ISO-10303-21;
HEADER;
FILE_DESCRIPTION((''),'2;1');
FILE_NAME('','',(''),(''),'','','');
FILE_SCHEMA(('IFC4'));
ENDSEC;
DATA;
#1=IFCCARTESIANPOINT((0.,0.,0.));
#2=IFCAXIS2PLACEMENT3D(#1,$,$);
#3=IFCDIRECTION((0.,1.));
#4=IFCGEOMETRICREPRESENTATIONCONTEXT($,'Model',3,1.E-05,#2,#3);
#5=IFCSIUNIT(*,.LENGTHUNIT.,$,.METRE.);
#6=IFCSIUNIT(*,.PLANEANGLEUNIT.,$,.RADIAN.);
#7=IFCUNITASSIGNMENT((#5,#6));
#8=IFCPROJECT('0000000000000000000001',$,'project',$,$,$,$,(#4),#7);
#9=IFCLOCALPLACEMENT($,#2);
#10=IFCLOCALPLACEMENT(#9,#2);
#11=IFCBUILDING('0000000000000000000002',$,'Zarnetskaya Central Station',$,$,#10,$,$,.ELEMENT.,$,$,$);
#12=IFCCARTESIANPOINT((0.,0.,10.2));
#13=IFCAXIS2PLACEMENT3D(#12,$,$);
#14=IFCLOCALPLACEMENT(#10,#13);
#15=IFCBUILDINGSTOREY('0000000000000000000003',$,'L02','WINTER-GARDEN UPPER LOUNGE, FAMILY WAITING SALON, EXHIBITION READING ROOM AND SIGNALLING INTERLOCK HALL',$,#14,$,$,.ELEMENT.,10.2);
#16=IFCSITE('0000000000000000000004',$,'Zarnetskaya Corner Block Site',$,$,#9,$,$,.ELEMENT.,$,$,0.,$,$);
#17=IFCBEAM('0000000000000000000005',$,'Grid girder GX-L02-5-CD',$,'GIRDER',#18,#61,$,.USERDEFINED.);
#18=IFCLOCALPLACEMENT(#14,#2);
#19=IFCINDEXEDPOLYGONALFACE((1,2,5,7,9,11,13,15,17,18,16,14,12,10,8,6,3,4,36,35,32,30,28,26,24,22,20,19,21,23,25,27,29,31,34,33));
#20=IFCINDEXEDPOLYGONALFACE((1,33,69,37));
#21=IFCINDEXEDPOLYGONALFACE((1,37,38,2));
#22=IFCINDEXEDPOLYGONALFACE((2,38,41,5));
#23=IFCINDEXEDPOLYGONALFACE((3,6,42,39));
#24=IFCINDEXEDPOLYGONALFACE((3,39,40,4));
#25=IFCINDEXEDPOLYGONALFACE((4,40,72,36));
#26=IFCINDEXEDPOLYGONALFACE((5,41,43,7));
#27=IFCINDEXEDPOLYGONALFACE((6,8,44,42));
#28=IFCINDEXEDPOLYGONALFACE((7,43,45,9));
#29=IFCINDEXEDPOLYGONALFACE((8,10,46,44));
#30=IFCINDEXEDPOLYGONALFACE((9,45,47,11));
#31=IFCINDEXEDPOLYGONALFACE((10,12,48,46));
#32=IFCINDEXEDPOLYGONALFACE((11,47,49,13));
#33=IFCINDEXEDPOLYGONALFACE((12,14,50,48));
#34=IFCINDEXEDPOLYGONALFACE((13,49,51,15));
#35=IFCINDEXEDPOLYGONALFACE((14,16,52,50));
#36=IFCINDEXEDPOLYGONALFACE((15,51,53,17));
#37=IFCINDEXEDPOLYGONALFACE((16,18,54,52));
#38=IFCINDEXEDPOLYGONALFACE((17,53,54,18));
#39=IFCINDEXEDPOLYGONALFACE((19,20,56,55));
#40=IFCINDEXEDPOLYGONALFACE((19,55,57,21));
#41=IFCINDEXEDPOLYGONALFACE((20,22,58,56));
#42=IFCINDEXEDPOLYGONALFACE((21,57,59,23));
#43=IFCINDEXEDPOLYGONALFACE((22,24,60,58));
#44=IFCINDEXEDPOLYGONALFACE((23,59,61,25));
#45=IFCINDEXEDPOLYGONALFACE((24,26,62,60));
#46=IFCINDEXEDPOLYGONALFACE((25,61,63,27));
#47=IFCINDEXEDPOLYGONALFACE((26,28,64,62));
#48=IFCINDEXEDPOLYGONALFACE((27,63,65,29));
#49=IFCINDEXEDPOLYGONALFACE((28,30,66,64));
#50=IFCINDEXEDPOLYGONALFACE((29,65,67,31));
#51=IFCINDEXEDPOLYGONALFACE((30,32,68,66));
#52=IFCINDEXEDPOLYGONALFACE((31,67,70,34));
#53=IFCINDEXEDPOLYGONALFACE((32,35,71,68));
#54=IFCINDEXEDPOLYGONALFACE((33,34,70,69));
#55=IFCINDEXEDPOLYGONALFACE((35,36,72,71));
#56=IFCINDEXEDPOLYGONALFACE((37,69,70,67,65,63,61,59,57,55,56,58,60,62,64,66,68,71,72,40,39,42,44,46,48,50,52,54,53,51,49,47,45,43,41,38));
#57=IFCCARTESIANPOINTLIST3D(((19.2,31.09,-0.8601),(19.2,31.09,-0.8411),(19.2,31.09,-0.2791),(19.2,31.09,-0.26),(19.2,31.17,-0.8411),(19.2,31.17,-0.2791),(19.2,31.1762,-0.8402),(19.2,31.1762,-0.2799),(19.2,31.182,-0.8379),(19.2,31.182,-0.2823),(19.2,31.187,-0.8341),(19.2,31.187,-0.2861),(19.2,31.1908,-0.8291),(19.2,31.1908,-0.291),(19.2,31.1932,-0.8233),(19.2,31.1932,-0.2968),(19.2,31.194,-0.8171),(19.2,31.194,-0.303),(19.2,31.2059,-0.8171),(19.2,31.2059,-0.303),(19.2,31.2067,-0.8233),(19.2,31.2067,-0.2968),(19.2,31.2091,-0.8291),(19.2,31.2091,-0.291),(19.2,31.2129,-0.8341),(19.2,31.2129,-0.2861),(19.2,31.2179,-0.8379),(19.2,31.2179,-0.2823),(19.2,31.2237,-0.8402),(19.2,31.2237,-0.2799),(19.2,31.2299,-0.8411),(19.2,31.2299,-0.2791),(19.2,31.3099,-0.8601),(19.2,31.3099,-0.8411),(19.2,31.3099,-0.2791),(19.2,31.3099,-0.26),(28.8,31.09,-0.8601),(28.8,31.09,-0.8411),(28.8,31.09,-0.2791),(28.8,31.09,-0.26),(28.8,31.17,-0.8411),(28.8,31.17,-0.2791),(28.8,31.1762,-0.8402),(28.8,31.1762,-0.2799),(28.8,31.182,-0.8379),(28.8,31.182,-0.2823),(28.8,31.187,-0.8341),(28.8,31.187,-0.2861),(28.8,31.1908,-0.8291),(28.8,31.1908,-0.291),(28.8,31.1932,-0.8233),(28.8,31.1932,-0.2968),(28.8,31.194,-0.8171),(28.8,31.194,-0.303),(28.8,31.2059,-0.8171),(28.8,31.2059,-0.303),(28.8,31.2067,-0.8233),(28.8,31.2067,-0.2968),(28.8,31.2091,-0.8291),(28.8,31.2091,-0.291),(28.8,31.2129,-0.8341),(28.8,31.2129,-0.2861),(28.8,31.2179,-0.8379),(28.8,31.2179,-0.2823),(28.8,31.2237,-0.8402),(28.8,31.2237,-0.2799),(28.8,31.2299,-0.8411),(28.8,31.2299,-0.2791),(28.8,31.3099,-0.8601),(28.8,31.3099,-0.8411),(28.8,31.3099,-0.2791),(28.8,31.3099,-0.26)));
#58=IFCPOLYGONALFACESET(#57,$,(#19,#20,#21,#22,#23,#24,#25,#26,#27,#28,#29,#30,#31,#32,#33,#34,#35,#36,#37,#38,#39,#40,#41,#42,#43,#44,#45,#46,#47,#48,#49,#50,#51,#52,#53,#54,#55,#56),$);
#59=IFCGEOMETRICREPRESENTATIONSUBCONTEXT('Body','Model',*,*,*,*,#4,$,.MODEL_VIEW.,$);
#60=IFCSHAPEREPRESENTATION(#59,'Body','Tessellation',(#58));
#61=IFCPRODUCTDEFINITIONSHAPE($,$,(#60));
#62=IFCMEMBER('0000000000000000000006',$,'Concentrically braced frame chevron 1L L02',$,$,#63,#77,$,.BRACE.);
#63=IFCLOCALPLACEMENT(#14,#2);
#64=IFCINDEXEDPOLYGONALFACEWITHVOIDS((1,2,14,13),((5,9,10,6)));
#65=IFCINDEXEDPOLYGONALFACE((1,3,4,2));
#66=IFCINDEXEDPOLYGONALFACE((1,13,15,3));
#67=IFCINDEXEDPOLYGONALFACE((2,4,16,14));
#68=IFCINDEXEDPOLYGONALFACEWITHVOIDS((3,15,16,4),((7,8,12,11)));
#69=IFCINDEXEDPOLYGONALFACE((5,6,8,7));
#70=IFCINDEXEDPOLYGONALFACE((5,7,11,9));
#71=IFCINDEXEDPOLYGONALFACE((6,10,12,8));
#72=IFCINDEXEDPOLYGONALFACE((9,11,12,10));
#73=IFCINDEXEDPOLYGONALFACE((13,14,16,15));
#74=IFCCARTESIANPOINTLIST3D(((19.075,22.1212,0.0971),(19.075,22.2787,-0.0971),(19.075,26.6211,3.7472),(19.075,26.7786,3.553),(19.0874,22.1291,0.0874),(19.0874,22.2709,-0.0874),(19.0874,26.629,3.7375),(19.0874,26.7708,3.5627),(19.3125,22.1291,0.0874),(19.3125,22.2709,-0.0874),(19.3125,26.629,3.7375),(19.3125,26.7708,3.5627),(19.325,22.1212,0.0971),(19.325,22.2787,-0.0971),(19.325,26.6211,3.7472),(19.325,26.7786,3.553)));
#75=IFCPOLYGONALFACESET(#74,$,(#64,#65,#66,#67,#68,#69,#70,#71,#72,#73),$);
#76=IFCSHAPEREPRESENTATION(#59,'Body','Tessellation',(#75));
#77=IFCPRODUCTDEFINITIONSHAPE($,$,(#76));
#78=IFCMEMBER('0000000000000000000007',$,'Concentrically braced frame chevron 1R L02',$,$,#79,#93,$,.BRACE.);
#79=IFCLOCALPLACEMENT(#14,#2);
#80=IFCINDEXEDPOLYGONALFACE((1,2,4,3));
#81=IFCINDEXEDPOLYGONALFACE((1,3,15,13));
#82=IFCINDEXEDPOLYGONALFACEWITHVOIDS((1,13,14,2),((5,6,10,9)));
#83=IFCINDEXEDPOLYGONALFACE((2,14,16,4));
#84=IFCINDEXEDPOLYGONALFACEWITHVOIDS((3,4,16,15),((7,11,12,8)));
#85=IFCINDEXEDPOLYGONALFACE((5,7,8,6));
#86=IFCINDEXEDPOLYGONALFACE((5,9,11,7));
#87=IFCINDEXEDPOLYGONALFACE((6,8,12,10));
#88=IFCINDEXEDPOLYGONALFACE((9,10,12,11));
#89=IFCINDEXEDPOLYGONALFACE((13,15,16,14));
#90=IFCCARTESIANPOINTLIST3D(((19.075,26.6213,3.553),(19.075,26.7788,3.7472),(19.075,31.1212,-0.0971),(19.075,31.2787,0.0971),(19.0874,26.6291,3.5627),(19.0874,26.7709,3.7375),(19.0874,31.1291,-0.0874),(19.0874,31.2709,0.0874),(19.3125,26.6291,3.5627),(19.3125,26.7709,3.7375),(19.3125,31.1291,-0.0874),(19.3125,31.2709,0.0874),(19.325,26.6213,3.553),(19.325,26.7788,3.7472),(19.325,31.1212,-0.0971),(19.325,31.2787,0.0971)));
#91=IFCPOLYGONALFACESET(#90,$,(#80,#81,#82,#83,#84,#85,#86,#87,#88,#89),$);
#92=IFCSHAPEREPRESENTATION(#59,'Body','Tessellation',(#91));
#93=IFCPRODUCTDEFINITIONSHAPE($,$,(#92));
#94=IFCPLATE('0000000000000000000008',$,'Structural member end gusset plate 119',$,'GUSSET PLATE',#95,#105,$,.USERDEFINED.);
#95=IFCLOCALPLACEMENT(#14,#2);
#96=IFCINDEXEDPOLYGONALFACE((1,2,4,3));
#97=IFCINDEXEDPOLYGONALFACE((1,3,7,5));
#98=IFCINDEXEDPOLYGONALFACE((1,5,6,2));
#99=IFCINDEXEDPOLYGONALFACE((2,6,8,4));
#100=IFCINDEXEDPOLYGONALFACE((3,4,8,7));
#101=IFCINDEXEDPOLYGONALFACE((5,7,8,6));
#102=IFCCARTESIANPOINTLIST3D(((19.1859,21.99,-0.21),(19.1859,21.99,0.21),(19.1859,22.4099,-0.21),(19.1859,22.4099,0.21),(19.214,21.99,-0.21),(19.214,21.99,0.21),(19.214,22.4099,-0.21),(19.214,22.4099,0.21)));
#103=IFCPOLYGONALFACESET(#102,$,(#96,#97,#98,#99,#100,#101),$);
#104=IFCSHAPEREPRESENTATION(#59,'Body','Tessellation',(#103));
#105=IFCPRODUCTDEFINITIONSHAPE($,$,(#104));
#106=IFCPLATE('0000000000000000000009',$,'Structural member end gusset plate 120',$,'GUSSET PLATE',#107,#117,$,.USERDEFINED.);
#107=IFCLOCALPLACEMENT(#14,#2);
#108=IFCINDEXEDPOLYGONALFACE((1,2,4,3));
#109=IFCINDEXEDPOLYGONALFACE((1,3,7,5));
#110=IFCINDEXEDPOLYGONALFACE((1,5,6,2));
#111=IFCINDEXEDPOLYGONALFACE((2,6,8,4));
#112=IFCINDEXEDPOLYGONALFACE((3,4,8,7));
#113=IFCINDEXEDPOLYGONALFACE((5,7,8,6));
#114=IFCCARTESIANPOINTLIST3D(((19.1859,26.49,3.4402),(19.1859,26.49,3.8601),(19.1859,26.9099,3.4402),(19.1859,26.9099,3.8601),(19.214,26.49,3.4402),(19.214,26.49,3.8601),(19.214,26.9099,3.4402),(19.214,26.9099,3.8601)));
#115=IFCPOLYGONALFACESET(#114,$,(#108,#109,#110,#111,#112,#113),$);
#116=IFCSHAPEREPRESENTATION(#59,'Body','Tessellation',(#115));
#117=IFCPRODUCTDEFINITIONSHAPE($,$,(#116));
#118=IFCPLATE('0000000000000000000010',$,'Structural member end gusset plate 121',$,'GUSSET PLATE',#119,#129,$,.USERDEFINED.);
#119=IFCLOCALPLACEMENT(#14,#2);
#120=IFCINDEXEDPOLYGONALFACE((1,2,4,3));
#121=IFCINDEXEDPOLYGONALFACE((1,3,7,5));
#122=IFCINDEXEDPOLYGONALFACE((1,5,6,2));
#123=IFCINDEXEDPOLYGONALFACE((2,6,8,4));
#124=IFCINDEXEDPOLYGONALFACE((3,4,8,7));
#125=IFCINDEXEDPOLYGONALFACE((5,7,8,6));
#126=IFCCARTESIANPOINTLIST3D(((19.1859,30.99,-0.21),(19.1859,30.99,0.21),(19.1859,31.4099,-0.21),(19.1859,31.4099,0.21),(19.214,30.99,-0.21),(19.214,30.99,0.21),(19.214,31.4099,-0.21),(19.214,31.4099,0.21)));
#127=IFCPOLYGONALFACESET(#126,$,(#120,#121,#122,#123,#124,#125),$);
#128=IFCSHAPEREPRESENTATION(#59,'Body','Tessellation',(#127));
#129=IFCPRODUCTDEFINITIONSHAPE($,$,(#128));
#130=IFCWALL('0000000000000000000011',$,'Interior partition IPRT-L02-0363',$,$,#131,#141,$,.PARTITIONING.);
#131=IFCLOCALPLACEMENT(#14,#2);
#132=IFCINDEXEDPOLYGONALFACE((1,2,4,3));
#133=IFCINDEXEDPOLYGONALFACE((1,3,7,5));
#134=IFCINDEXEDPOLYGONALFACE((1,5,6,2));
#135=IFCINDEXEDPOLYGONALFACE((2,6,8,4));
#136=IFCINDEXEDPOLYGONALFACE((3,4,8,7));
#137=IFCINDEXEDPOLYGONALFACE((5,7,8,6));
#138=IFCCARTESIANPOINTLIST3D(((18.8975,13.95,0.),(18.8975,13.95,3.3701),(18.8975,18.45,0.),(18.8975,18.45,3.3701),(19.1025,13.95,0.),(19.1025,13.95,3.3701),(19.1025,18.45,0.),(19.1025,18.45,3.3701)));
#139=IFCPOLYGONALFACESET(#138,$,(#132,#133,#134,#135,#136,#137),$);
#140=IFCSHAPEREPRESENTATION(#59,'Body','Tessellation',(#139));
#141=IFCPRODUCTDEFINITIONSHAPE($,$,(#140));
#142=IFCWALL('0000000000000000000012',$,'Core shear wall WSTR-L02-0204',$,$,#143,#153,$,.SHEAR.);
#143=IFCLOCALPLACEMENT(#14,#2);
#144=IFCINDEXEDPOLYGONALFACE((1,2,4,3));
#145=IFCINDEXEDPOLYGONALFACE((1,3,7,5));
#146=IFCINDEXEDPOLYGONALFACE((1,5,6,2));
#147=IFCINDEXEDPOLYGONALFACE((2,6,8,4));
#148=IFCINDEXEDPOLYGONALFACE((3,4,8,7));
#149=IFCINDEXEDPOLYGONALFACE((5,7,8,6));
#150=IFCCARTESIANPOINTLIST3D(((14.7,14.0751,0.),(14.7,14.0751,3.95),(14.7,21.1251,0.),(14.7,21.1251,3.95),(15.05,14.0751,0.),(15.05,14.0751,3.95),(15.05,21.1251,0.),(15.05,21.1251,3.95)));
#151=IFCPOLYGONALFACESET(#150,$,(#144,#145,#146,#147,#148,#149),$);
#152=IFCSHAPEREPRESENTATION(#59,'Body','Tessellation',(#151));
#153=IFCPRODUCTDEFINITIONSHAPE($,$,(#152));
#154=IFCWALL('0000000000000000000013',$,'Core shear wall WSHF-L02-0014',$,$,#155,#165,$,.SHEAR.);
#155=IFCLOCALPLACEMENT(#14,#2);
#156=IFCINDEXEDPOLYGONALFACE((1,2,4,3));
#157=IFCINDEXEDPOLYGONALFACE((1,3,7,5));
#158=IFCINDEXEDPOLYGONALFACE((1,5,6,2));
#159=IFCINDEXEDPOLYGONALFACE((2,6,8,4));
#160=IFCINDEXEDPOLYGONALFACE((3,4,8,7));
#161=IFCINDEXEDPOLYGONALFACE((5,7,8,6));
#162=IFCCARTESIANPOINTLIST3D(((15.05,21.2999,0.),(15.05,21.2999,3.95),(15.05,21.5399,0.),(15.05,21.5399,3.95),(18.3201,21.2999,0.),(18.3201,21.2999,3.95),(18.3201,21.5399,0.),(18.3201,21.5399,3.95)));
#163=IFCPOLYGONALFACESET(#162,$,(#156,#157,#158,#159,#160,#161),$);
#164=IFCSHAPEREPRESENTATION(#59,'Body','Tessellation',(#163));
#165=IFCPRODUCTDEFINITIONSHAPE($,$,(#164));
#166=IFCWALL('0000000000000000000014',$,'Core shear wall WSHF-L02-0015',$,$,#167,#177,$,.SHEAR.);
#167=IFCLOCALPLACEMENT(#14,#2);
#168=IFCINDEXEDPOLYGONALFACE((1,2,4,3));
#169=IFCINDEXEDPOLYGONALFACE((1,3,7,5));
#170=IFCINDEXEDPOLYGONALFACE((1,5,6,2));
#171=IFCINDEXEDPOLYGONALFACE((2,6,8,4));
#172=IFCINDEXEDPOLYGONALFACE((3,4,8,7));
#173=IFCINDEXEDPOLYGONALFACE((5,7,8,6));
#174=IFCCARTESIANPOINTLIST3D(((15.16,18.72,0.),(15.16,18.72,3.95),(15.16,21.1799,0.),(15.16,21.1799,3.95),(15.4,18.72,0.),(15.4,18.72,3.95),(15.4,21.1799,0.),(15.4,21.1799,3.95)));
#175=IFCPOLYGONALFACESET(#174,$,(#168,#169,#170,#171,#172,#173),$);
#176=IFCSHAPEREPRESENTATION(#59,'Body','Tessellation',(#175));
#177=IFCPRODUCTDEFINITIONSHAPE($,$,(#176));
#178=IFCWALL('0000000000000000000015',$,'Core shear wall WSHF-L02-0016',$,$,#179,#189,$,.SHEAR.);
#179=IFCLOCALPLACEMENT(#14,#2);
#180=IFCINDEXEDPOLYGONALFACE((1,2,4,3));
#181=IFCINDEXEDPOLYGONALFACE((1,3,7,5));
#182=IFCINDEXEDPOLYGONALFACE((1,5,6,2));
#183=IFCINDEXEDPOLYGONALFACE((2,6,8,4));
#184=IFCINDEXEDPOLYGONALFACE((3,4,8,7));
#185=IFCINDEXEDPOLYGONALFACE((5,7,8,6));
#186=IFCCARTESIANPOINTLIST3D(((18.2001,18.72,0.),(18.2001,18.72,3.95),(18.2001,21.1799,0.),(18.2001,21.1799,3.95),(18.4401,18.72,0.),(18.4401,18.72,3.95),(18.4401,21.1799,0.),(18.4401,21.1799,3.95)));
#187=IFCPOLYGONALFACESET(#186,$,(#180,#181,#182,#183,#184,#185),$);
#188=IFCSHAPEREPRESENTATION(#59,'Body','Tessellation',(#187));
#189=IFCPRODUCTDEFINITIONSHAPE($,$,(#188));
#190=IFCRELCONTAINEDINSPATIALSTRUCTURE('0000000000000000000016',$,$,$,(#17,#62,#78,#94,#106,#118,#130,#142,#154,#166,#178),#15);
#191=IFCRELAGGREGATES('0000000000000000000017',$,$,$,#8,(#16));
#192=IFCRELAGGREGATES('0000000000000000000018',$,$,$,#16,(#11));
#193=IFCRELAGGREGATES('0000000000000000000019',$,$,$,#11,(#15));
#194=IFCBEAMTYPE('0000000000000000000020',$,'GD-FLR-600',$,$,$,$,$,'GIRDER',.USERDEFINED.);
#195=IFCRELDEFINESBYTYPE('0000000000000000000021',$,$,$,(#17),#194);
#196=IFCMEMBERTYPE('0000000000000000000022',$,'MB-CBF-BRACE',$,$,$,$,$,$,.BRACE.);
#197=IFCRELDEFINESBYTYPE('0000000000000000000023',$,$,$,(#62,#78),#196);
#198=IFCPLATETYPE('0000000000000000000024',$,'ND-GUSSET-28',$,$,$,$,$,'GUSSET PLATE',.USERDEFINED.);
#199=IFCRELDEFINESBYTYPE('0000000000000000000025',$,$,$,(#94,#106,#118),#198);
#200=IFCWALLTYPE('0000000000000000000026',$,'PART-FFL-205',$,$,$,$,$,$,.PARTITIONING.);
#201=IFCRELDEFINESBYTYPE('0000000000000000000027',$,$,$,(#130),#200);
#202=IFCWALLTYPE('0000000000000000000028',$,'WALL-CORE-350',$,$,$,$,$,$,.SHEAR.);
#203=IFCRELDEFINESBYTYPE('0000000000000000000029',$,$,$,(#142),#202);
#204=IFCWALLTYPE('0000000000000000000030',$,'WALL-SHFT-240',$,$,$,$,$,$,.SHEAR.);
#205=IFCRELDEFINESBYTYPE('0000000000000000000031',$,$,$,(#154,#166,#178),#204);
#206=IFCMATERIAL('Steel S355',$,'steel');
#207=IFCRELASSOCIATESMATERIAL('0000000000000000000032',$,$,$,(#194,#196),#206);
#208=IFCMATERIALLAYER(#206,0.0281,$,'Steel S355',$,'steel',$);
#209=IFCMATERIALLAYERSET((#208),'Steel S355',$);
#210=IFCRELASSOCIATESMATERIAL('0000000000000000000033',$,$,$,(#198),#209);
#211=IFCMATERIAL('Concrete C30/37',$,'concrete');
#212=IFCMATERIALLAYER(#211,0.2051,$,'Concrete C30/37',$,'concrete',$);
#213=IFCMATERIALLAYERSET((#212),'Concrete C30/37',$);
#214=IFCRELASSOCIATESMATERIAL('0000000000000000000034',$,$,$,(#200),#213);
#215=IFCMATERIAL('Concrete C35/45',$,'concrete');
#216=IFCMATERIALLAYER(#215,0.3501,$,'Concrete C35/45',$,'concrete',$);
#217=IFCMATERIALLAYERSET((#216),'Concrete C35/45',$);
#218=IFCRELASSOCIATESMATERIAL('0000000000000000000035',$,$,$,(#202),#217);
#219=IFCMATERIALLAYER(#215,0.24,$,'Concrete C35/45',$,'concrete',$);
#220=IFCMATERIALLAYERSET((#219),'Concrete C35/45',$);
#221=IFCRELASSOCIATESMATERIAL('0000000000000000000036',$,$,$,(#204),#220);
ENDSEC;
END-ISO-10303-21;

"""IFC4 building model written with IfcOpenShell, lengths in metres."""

from ifc_helpers import new_model, si_unit, direction, frame, frame_2d, origin, origin_2d, place, context, subcontext, project, spatial, rectangle, hollow_rectangle, i_section, extrude, material, layer, layer_set, material_profile, profile_set, type_object, element, save


model = new_model("IFC4")

# Units and contexts
model_context = context("Model", 3, precision=1e-05, world=origin(), true_north=direction((0.0, 1.0)))
body_context = subcontext(model_context, "Body", "Model", "MODEL_VIEW")
ifc_project = project(units=[si_unit("LENGTHUNIT", "METRE"), si_unit("PLANEANGLEUNIT", "RADIAN")], contexts=[model_context])

# Site, building, storey
site_placement = place(None, origin())
site = spatial("IfcSite", under=ifc_project, at=site_placement, Name="Zarnetskaya Corner Block Site", CompositionType="ELEMENT", RefElevation=0.0)
building_placement = place(site_placement, origin())
building = spatial("IfcBuilding", under=site, at=building_placement, Name="Zarnetskaya Central Station", CompositionType="ELEMENT")
storey_placement = place(building_placement, frame((0.0, 0.0, 10.2)))
storey = spatial("IfcBuildingStorey", under=building, at=storey_placement, Name="L02", Description="WINTER-GARDEN UPPER LOUNGE, FAMILY WAITING SALON, EXHIBITION READING ROOM AND SIGNALLING INTERLOCK HALL", CompositionType="ELEMENT", Elevation=10.2)

# Shared definitions
ifc_material_1 = material(Name="Steel S355", Category="steel")

# Beam
ifc_material_profile_1 = material_profile(ifc_material_1, i_section(OverallWidth=0.22, OverallDepth=0.6001, WebThickness=0.012, FlangeThickness=0.019, FilletRadius=0.0239, at=origin_2d()), Name="IPE 600")
ifc_profile_set_1 = profile_set([ifc_material_profile_1], Name="Steel S355")
beam_type_1 = type_object("IfcBeamType", Name="GD-FLR-600", ElementType="GIRDER", PredefinedType="USERDEFINED", material=ifc_profile_set_1)
for number, where, z_axis, x_axis, name in (
    (1, (19.2, 31.2, -0.5601), (1.0, 0.0, 0.0), (0.0, 1.0, 0.0), "Grid girder GX-L02-5-CD"),
):
    element("IfcBeam", number, at=place(storey_placement, frame(where, z_axis=z_axis, x_axis=x_axis)), inside=storey, type_object=beam_type_1, Name=name, ObjectType="GIRDER", PredefinedType="USERDEFINED", context=body_context, shape_type="SweptSolid", body=[
        extrude(i_section(OverallWidth=0.22, OverallDepth=0.6001, WebThickness=0.012, FlangeThickness=0.019, FilletRadius=0.0239, at=origin_2d()), origin(), (0.0, 0.0, 1.0), 9.6001),
    ])

# Members
ifc_material_profile_2 = material_profile(ifc_material_1, hollow_rectangle(XDim=0.25, YDim=0.25, WallThickness=0.0125, at=origin_2d()), Name="SHS 250x250x12.5")
ifc_profile_set_2 = profile_set([ifc_material_profile_2], Name="Steel S355")
member_type = type_object("IfcMemberType", Name="MB-CBF-BRACE", PredefinedType="BRACE", material=ifc_profile_set_2)
for number, where, z_axis, x_axis, name in (
    (2, (19.2, 22.2, 0.0), (0.0, 0.776629, 0.629958), (-1.0, 0.0, 0.0), "Concentrically braced frame chevron 1L L02"),
    (3, (19.2, 31.2, 0.0), (0.0, -0.776629, 0.629958), (1.0, 0.0, 0.0), "Concentrically braced frame chevron 1R L02"),
):
    element("IfcMember", number, at=place(storey_placement, frame(where, z_axis=z_axis, x_axis=x_axis)), inside=storey, type_object=member_type, Name=name, PredefinedType="BRACE", context=body_context, shape_type="SweptSolid", body=[
        extrude(hollow_rectangle(XDim=0.25, YDim=0.25, WallThickness=0.0125, at=origin_2d()), origin(), (0.0, 0.0, 1.0), 5.7942),
    ])

# Plates
ifc_layer_1 = layer(ifc_material_1, 0.0281, Name="Steel S355", Category="steel")
ifc_layer_set_1 = layer_set([ifc_layer_1], Name="Steel S355")
plate_type = type_object("IfcPlateType", Name="ND-GUSSET-28", ElementType="GUSSET PLATE", PredefinedType="USERDEFINED", material=ifc_layer_set_1)
for number, where, z_axis, x_axis, name in (
    (4, (19.2, 22.2, -0.21), (0.0, 0.0, 1.0), (1.0, 0.0, 0.0), "Structural member end gusset plate 119"),
    (5, (19.2, 26.7, 3.4402), (0.0, 0.0, 1.0), (1.0, 0.0, 0.0), "Structural member end gusset plate 120"),
    (6, (19.2, 31.2, -0.21), (0.0, 0.0, 1.0), (1.0, 0.0, 0.0), "Structural member end gusset plate 121"),
):
    element("IfcPlate", number, at=place(storey_placement, frame(where, z_axis=z_axis, x_axis=x_axis)), inside=storey, type_object=plate_type, Name=name, ObjectType="GUSSET PLATE", PredefinedType="USERDEFINED", context=body_context, shape_type="SweptSolid", body=[
        extrude(rectangle(XDim=0.0281, YDim=0.4199, at=origin_2d()), origin(), (0.0, 0.0, 1.0), 0.4199),
    ])

# Walls
ifc_material_2 = material(Name="Concrete C30/37", Category="concrete")
ifc_layer_2 = layer(ifc_material_2, 0.2051, Name="Concrete C30/37", Category="concrete")
ifc_layer_set_2 = layer_set([ifc_layer_2], Name="Concrete C30/37")
wall_type_1 = type_object("IfcWallType", Name="PART-FFL-205", PredefinedType="PARTITIONING", material=ifc_layer_set_2)
wall_1_placement = place(storey_placement, frame((19.0, 18.45, 0.0), z_axis=(0.0, 0.0, 1.0), x_axis=(0.0, -1.0, 0.0)))
element("IfcWall", 7, at=wall_1_placement, inside=storey, type_object=wall_type_1, Name="Interior partition IPRT-L02-0363", PredefinedType="PARTITIONING", context=body_context, shape_type="SweptSolid", body=[
    extrude(rectangle(XDim=4.5, YDim=0.2051, at=frame_2d((2.25, 0.0))), origin(), (0.0, 0.0, 1.0), 3.3701),
])
ifc_material_3 = material(Name="Concrete C35/45", Category="concrete")
ifc_layer_3 = layer(ifc_material_3, 0.3501, Name="Concrete C35/45", Category="concrete")
ifc_layer_set_3 = layer_set([ifc_layer_3], Name="Concrete C35/45")
wall_type_2 = type_object("IfcWallType", Name="WALL-CORE-350", PredefinedType="SHEAR", material=ifc_layer_set_3)
wall_2_placement = place(storey_placement, frame((14.875, 21.125, 0.0), z_axis=(0.0, 0.0, 1.0), x_axis=(0.0, -1.0, 0.0)))
element("IfcWall", 8, at=wall_2_placement, inside=storey, type_object=wall_type_2, Name="Core shear wall WSTR-L02-0204", PredefinedType="SHEAR", context=body_context, shape_type="SweptSolid", body=[
    extrude(rectangle(XDim=7.05, YDim=0.3501, at=frame_2d((3.5249, 0.0))), origin(), (0.0, 0.0, 1.0), 3.95),
])

# Shared definitions
ifc_layer_4 = layer(ifc_material_3, 0.24, Name="Concrete C35/45", Category="concrete")
ifc_layer_set_4 = layer_set([ifc_layer_4], Name="Concrete C35/45")
wall_type_3 = type_object("IfcWallType", Name="WALL-SHFT-240", PredefinedType="SHEAR", material=ifc_layer_set_4)

# Walls
wall_3_placement = place(storey_placement, frame((15.05, 21.4199, 0.0), z_axis=(0.0, 0.0, 1.0), x_axis=(1.0, 0.0, 0.0)))
element("IfcWall", 9, at=wall_3_placement, inside=storey, type_object=wall_type_3, Name="Core shear wall WSHF-L02-0014", PredefinedType="SHEAR", context=body_context, shape_type="SweptSolid", body=[
    extrude(rectangle(XDim=3.27, YDim=0.24, at=frame_2d((1.635, 0.0))), origin(), (0.0, 0.0, 1.0), 3.95),
])
for number, where, z_axis, x_axis, name in (
    (10, (15.28, 18.72, 0.0), (0.0, 0.0, 1.0), (0.0, 1.0, 0.0), "Core shear wall WSHF-L02-0015"),
    (11, (18.3201, 21.1799, 0.0), (0.0, 0.0, 1.0), (0.0, -1.0, 0.0), "Core shear wall WSHF-L02-0016"),
):
    element("IfcWall", number, at=place(storey_placement, frame(where, z_axis=z_axis, x_axis=x_axis)), inside=storey, type_object=wall_type_3, Name=name, PredefinedType="SHEAR", context=body_context, shape_type="SweptSolid", body=[
        extrude(rectangle(XDim=2.46, YDim=0.24, at=frame_2d((1.23, 0.0))), origin(), (0.0, 0.0, 1.0), 3.95),
    ])

save(model, "model.ifc")
